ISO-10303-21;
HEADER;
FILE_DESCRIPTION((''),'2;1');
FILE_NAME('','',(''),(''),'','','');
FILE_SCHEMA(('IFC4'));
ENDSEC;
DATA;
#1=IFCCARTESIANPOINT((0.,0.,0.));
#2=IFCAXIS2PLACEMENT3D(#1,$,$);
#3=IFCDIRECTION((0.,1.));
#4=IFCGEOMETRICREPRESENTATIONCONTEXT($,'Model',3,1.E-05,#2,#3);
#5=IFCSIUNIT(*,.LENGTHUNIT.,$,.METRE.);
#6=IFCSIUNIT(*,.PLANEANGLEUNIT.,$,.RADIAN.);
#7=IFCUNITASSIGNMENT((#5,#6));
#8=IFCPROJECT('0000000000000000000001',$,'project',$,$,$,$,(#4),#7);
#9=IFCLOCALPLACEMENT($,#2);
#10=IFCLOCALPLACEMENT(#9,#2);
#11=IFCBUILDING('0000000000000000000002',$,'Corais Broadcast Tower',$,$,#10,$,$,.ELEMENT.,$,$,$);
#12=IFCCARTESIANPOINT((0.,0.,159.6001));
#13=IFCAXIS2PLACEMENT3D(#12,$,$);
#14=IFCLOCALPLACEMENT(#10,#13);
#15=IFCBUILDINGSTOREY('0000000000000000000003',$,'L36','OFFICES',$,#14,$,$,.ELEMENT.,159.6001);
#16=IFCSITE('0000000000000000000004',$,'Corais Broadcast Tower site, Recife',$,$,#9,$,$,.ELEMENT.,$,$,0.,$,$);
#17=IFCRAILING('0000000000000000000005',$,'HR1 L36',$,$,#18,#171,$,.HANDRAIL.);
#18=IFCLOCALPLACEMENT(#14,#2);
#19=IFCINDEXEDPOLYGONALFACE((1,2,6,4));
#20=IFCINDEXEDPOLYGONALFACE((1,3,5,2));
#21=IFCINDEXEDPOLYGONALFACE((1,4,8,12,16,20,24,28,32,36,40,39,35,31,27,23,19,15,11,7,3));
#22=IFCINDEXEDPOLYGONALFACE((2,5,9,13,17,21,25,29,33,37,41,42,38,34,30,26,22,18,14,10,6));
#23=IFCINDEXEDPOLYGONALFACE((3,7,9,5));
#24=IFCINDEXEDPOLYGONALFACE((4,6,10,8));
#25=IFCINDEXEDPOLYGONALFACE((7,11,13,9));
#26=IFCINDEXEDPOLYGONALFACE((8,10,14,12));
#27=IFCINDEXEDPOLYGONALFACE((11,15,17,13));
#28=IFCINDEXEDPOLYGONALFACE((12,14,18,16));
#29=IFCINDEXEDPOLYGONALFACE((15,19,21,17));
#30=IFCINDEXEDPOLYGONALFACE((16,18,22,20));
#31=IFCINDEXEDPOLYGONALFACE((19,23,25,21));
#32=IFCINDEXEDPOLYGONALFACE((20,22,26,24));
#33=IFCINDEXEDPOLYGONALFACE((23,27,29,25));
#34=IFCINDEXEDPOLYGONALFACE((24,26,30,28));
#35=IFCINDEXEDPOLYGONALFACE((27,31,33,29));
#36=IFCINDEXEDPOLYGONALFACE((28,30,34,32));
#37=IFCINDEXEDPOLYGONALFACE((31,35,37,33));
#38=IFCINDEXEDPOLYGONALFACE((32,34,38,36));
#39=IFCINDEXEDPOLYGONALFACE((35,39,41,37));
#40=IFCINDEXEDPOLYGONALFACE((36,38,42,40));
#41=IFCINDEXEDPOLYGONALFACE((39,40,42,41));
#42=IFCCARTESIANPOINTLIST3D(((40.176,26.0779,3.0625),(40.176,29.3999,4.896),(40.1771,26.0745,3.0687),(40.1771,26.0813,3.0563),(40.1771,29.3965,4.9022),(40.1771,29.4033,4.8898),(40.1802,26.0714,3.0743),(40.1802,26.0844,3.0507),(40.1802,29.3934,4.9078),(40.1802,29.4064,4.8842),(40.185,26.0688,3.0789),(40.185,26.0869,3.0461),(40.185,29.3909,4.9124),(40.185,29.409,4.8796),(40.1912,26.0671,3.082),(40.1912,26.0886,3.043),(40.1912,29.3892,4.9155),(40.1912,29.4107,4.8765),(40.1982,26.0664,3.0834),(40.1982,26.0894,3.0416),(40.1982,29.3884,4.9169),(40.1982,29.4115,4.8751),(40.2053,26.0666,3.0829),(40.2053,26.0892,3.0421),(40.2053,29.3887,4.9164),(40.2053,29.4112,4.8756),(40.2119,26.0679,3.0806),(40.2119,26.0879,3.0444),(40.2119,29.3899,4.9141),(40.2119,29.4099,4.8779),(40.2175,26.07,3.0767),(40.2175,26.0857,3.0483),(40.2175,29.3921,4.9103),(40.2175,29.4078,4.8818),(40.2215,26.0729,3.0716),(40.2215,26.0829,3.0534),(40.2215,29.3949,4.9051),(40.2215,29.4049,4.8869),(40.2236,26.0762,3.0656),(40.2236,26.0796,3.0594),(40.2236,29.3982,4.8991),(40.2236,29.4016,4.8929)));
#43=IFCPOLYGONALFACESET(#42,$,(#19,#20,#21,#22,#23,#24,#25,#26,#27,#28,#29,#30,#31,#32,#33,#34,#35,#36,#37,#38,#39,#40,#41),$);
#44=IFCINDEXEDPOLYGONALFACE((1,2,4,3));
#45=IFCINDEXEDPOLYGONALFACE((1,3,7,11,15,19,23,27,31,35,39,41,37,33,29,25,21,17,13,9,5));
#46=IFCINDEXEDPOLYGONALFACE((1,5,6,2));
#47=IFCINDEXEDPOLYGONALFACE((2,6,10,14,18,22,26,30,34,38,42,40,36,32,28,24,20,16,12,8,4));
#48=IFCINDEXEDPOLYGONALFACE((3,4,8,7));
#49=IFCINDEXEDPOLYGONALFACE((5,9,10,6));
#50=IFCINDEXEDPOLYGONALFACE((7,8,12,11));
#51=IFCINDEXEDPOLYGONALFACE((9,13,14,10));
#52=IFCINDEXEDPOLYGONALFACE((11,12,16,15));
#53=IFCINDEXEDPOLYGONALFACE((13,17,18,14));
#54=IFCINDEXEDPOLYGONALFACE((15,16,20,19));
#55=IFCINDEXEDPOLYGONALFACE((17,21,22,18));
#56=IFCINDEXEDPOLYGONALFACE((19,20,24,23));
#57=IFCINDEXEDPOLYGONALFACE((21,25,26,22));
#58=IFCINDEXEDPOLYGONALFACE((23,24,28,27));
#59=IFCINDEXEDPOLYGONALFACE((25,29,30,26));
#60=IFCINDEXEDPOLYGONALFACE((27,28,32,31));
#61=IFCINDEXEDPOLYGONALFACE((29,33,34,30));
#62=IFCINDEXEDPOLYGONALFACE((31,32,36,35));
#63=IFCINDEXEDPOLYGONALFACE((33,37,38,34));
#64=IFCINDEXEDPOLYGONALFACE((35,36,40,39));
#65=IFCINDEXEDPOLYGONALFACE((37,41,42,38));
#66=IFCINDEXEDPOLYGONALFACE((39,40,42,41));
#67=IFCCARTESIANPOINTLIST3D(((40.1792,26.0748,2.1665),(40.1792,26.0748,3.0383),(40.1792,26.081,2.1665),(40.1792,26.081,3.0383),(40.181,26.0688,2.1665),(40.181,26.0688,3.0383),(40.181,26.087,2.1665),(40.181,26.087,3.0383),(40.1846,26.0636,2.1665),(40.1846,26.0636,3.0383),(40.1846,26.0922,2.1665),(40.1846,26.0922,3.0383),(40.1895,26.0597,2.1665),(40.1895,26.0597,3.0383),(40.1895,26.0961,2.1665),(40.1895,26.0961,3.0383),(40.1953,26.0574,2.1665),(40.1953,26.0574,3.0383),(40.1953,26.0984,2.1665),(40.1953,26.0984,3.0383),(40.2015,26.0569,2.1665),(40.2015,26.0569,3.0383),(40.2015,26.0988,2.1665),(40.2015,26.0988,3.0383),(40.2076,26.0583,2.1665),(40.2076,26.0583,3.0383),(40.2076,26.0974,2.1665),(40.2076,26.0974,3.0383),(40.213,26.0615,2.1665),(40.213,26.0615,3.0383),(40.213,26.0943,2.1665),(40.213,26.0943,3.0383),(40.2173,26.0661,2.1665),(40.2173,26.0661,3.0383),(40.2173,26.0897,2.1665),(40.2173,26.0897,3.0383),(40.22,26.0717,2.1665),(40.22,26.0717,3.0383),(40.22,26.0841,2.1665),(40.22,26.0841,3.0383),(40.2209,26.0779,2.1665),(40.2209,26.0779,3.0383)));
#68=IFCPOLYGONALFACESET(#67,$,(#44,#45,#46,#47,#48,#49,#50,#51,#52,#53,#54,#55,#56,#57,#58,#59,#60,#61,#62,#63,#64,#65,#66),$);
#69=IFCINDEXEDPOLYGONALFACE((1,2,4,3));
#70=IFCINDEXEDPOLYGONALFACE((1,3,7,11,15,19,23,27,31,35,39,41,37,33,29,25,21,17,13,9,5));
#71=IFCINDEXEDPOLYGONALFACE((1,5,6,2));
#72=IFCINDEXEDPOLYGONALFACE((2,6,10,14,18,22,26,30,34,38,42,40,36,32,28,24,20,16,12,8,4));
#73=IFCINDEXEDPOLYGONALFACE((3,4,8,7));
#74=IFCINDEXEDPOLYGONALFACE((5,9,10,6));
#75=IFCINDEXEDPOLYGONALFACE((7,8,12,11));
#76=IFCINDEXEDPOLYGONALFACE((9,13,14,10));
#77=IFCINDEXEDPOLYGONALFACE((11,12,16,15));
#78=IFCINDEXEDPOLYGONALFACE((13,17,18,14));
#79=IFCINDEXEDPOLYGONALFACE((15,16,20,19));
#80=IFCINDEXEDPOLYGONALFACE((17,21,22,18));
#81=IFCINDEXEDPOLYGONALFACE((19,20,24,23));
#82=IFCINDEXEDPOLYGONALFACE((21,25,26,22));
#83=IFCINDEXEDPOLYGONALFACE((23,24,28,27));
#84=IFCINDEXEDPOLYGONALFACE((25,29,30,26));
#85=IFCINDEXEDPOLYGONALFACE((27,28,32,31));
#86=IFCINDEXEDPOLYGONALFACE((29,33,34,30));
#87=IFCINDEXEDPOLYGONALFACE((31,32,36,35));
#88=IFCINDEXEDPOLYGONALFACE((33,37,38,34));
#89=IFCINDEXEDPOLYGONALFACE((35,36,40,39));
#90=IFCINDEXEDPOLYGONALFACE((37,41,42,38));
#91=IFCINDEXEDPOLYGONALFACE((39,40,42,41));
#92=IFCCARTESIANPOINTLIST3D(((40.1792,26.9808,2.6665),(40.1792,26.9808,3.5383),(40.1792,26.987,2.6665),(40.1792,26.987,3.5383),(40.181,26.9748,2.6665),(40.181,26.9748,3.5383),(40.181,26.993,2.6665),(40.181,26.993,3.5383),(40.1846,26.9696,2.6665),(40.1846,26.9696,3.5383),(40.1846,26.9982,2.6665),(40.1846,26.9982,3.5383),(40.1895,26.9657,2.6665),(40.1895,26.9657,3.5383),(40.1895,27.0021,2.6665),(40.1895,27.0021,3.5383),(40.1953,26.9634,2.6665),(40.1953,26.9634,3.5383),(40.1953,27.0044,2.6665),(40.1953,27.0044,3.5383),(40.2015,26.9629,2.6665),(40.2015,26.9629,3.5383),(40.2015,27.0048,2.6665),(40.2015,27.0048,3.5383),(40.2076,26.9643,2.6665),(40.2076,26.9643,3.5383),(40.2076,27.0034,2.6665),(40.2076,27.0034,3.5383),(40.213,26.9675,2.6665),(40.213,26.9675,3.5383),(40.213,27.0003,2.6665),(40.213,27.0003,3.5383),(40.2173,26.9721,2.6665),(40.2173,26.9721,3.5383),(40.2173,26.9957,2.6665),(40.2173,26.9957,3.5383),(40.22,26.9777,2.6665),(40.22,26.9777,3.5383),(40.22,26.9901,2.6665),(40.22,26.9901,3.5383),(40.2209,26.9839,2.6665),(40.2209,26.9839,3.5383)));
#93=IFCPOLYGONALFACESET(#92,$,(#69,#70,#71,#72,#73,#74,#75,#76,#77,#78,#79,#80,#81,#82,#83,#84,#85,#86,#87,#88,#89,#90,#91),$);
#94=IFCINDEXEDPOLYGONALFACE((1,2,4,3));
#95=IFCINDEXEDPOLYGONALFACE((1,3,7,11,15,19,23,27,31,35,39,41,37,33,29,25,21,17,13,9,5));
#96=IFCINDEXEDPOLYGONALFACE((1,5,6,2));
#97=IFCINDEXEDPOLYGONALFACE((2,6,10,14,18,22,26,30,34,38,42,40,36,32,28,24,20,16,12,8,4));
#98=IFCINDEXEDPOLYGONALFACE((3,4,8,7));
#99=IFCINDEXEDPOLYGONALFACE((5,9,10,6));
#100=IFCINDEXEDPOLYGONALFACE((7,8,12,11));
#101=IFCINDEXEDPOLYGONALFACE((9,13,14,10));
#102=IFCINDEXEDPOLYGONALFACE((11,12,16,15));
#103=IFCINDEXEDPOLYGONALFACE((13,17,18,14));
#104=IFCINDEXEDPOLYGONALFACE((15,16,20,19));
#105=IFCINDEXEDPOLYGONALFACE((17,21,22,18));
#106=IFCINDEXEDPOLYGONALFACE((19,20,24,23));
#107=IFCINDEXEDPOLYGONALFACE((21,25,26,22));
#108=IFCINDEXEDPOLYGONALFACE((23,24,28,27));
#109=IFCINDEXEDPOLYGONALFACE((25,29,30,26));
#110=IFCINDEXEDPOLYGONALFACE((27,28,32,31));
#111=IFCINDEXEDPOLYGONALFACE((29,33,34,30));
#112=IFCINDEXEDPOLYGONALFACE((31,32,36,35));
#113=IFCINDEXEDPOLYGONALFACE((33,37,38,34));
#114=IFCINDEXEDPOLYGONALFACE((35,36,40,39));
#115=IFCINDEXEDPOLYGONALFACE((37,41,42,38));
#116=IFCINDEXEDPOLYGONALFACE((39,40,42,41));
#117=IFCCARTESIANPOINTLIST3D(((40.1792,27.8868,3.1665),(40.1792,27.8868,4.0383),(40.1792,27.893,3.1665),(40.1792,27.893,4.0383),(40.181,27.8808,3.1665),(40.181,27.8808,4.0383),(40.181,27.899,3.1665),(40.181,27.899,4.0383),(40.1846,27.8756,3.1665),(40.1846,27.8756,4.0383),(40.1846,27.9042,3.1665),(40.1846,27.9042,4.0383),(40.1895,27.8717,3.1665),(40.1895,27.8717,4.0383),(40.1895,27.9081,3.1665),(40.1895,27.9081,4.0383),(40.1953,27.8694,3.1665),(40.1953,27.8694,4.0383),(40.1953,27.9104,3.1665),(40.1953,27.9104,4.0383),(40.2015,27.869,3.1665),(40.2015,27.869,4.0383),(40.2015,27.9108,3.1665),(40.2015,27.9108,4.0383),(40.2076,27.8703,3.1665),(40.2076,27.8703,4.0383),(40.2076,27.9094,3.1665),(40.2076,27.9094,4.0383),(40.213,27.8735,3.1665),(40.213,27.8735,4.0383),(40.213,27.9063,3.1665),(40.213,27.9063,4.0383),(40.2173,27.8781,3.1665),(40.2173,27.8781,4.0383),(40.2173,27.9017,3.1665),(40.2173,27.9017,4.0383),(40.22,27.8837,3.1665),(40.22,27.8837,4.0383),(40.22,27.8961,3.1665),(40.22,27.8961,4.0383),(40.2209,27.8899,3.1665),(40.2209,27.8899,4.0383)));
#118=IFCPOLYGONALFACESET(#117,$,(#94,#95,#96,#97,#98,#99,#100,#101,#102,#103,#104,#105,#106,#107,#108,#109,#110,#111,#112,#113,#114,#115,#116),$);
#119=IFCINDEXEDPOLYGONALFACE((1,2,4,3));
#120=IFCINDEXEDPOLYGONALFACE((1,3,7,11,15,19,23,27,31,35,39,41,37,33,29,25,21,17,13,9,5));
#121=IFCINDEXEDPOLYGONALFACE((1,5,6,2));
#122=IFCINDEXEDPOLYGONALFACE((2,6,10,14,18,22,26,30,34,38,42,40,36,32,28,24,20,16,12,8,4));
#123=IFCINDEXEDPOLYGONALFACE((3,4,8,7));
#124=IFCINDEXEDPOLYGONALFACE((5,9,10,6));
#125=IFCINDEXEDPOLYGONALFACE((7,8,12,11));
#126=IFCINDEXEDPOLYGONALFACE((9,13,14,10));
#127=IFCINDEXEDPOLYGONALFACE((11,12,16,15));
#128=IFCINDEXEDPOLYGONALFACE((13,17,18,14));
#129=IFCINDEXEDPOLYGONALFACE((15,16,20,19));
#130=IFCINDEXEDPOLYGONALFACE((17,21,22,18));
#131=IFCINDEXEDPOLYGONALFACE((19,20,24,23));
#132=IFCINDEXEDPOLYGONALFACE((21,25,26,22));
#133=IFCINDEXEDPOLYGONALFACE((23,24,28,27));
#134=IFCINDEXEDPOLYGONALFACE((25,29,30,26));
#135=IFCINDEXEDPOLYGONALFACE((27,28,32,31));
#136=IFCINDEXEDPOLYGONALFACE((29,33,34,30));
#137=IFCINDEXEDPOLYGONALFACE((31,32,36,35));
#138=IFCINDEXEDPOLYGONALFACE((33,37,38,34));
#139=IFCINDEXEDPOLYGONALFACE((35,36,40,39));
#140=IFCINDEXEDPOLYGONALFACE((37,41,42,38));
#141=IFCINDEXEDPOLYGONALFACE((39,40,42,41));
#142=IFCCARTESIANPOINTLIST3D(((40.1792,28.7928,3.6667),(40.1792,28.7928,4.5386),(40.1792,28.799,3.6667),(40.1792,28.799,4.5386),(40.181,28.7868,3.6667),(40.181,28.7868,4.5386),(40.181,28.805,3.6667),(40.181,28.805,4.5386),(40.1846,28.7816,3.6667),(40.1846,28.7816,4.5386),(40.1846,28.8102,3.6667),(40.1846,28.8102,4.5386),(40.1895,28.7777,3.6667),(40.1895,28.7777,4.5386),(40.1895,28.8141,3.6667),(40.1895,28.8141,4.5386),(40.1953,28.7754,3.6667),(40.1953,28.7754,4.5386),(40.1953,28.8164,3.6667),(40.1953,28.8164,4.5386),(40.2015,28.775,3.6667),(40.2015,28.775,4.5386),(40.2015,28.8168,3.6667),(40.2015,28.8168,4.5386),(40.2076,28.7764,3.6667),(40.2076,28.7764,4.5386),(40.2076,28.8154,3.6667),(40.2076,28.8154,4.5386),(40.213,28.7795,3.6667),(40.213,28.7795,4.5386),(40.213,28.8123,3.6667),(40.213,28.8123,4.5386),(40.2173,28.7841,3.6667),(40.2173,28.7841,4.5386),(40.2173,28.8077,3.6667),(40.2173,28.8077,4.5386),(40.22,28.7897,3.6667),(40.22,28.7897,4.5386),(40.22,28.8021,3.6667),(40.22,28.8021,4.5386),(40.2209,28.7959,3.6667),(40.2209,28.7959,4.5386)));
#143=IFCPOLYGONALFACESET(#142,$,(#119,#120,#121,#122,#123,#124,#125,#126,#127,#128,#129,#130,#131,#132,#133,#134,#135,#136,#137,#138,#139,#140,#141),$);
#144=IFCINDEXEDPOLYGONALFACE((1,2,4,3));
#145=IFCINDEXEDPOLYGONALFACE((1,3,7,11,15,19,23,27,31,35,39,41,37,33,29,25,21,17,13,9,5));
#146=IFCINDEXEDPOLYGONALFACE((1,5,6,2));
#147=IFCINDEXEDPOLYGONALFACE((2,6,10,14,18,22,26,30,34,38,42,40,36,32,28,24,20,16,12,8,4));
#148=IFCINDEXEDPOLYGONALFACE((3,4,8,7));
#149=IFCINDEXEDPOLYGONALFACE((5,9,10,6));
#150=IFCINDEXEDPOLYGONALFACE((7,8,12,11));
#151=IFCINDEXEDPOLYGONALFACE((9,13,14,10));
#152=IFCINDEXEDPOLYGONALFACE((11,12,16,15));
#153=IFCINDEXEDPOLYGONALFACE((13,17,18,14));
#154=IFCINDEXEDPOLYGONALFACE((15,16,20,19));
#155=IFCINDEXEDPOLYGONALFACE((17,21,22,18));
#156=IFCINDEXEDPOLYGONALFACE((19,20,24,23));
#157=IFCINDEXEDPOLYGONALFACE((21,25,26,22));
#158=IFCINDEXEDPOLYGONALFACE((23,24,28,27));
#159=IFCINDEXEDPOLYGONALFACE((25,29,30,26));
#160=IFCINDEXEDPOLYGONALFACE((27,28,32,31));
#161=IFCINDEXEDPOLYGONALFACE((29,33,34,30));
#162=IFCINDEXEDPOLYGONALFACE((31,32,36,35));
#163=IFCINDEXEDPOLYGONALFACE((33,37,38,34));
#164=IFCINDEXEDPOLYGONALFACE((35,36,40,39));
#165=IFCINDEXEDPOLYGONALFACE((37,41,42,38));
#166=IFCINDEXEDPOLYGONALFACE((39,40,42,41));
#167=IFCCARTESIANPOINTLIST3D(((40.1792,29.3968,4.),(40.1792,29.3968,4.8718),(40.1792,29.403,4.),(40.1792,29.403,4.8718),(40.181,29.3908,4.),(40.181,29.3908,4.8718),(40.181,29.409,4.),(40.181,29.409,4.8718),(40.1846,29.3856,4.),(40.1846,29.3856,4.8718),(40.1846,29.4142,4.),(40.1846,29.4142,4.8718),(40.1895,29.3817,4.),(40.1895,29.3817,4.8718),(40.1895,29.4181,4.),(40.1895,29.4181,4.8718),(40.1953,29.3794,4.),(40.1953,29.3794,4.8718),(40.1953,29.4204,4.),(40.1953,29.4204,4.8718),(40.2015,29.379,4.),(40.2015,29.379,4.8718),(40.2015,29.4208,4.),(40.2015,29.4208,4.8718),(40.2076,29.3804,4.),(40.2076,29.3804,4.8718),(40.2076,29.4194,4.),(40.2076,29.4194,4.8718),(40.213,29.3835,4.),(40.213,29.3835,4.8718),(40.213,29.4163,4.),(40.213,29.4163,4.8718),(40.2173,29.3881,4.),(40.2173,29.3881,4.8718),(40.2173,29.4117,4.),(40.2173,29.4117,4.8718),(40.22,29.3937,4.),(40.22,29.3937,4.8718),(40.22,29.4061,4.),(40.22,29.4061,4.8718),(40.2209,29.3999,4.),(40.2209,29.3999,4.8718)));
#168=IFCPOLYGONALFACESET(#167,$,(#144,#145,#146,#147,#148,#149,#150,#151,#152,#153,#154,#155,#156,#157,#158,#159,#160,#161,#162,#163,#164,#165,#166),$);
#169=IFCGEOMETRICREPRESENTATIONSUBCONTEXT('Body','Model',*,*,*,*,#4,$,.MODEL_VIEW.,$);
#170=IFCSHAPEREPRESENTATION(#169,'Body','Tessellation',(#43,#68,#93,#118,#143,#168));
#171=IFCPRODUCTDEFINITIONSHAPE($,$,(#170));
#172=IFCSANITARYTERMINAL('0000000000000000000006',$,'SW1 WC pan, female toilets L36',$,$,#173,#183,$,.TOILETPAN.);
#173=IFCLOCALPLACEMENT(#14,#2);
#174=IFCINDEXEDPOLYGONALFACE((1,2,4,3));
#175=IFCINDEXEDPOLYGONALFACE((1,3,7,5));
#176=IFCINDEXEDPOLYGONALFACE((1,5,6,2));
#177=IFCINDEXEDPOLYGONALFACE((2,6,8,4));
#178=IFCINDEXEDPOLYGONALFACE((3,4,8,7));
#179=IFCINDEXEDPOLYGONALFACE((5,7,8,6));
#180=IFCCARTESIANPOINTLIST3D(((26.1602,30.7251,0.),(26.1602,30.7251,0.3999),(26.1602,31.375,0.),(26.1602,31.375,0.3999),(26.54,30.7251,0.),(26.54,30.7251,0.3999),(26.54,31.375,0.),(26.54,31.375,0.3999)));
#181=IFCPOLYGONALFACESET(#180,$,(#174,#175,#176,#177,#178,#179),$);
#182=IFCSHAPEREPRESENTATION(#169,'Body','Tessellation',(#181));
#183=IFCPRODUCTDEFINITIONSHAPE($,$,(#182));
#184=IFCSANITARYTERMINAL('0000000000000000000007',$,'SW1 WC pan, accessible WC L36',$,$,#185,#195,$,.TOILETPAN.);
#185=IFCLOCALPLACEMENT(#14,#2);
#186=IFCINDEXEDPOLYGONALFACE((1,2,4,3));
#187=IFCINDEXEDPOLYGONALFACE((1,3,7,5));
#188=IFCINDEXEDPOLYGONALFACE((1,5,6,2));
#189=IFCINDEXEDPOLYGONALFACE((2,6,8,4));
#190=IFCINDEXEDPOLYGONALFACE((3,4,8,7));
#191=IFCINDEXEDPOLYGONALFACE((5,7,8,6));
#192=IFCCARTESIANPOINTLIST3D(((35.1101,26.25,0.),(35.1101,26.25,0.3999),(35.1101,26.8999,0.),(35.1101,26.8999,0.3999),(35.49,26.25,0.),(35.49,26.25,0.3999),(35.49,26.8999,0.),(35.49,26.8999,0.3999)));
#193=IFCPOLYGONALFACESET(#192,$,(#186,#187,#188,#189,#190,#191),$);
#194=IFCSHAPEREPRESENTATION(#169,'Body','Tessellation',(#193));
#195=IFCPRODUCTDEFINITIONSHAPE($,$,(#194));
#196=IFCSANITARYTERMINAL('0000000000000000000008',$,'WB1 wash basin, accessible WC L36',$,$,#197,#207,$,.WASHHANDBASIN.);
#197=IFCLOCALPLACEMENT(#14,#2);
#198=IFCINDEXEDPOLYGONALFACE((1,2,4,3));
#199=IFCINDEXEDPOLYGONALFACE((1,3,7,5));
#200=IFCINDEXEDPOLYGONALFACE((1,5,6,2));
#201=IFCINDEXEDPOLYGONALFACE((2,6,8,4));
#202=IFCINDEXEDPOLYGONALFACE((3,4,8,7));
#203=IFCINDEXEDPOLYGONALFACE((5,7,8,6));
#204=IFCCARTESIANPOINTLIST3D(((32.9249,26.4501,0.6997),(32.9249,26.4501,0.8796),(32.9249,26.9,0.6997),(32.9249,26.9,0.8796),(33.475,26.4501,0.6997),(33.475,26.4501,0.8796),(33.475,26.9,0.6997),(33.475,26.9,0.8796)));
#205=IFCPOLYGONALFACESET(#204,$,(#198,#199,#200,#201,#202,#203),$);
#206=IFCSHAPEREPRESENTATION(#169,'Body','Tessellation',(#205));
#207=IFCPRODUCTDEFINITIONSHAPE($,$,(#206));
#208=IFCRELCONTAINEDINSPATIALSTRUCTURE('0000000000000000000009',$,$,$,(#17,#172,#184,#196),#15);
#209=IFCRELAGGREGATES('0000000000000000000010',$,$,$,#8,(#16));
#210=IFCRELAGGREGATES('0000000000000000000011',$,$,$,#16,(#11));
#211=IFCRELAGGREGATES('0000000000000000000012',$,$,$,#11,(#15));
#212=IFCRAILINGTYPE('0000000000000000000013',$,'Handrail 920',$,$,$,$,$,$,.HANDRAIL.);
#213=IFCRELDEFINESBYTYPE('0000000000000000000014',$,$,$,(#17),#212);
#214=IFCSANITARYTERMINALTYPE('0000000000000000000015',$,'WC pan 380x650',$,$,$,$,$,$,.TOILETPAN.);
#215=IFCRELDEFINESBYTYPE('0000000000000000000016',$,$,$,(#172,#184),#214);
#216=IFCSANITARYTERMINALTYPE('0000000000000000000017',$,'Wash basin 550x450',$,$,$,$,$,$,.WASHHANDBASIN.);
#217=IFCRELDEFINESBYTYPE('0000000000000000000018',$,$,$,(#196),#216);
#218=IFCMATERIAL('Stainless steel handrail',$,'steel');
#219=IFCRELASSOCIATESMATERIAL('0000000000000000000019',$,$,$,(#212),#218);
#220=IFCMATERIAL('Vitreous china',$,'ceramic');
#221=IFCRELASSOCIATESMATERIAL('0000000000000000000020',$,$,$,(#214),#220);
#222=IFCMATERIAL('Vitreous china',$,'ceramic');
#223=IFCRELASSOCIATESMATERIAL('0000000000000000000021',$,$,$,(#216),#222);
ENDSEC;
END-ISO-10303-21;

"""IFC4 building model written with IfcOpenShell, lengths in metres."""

from ifc_helpers import new_model, si_unit, direction, frame, origin, origin_2d, place, context, subcontext, project, spatial, rectangle, circle, extrude, material, type_object, element, save


model = new_model("IFC4")

# Units and contexts
model_context = context("Model", 3, precision=1e-05, world=origin(), true_north=direction((0.0, 1.0)))
body_context = subcontext(model_context, "Body", "Model", "MODEL_VIEW")
ifc_project = project(units=[si_unit("LENGTHUNIT", "METRE"), si_unit("PLANEANGLEUNIT", "RADIAN")], contexts=[model_context])

# Site, building, storey
site_placement = place(None, origin())
site = spatial("IfcSite", under=ifc_project, at=site_placement, Name="Corais Broadcast Tower site, Recife", CompositionType="ELEMENT", RefElevation=0.0)
building_placement = place(site_placement, origin())
building = spatial("IfcBuilding", under=site, at=building_placement, Name="Corais Broadcast Tower", CompositionType="ELEMENT")
storey_placement = place(building_placement, frame((0.0, 0.0, 159.6001)))
storey = spatial("IfcBuildingStorey", under=building, at=storey_placement, Name="L36", Description="OFFICES", CompositionType="ELEMENT", Elevation=159.6001)

# Railing
ifc_material_1 = material(Name="Stainless steel handrail", Category="steel")
railing_type = type_object("IfcRailingType", Name="Handrail 920", PredefinedType="HANDRAIL", material=ifc_material_1)
railing_placement = place(storey_placement, frame((40.2, 26.0779, 2.1665)))
element("IfcRailing", 1, at=railing_placement, inside=storey, type_object=railing_type, Name="HR1 L36", PredefinedType="HANDRAIL", context=body_context, shape_type="SweptSolid", body=[
    extrude(circle(Radius=0.0239, at=origin_2d()), frame((0.0, 0.0, 0.896), z_axis=(0.0, 0.875504, 0.48321), x_axis=(-1.0, 0.0, 0.0)), (0.0, 0.0, 1.0), 3.7944),
    extrude(circle(Radius=0.021, at=origin_2d()), origin(), (0.0, 0.0, 1.0), 0.8718),
    extrude(circle(Radius=0.021, at=origin_2d()), frame((0.0, 0.906, 0.5)), (0.0, 0.0, 1.0), 0.8718),
    extrude(circle(Radius=0.021, at=origin_2d()), frame((0.0, 1.812, 1.0)), (0.0, 0.0, 1.0), 0.8718),
    extrude(circle(Radius=0.021, at=origin_2d()), frame((0.0, 2.718, 1.5002)), (0.0, 0.0, 1.0), 0.8718),
    extrude(circle(Radius=0.021, at=origin_2d()), frame((0.0, 3.322, 1.8335)), (0.0, 0.0, 1.0), 0.8718),
])

# Sanitary terminals
ifc_material_2 = material(Name="Vitreous china", Category="ceramic")
sanitary_terminal_type_1 = type_object("IfcSanitaryTerminalType", Name="WC pan 380x650", PredefinedType="TOILETPAN", material=ifc_material_2)
for number, where, z_axis, x_axis, name in (
    (2, (26.3501, 31.05, 0.0), (0.0, 0.0, 1.0), (1.0, 0.0, 0.0), "SW1 WC pan, female toilets L36"),
    (3, (35.3, 26.575, 0.0), (0.0, 0.0, 1.0), (1.0, 0.0, 0.0), "SW1 WC pan, accessible WC L36"),
):
    element("IfcSanitaryTerminal", number, at=place(storey_placement, frame(where, z_axis=z_axis, x_axis=x_axis)), inside=storey, type_object=sanitary_terminal_type_1, Name=name, PredefinedType="TOILETPAN", context=body_context, shape_type="SweptSolid", body=[
        extrude(rectangle(XDim=0.3799, YDim=0.6499, at=origin_2d()), origin(), (0.0, 0.0, 1.0), 0.3999),
    ])
ifc_material_3 = material(Name="Vitreous china", Category="ceramic")
sanitary_terminal_type_2 = type_object("IfcSanitaryTerminalType", Name="Wash basin 550x450", PredefinedType="WASHHANDBASIN", material=ifc_material_3)
sanitary_terminal_placement = place(storey_placement, frame((33.2, 26.675, 0.6997), z_axis=(0.0, 0.0, 1.0), x_axis=(1.0, 0.0, 0.0)))
element("IfcSanitaryTerminal", 4, at=sanitary_terminal_placement, inside=storey, type_object=sanitary_terminal_type_2, Name="WB1 wash basin, accessible WC L36", PredefinedType="WASHHANDBASIN", context=body_context, shape_type="SweptSolid", body=[
    extrude(rectangle(XDim=0.55, YDim=0.45, at=origin_2d()), origin(), (0.0, 0.0, 1.0), 0.1799),
])

save(model, "model.ifc")
